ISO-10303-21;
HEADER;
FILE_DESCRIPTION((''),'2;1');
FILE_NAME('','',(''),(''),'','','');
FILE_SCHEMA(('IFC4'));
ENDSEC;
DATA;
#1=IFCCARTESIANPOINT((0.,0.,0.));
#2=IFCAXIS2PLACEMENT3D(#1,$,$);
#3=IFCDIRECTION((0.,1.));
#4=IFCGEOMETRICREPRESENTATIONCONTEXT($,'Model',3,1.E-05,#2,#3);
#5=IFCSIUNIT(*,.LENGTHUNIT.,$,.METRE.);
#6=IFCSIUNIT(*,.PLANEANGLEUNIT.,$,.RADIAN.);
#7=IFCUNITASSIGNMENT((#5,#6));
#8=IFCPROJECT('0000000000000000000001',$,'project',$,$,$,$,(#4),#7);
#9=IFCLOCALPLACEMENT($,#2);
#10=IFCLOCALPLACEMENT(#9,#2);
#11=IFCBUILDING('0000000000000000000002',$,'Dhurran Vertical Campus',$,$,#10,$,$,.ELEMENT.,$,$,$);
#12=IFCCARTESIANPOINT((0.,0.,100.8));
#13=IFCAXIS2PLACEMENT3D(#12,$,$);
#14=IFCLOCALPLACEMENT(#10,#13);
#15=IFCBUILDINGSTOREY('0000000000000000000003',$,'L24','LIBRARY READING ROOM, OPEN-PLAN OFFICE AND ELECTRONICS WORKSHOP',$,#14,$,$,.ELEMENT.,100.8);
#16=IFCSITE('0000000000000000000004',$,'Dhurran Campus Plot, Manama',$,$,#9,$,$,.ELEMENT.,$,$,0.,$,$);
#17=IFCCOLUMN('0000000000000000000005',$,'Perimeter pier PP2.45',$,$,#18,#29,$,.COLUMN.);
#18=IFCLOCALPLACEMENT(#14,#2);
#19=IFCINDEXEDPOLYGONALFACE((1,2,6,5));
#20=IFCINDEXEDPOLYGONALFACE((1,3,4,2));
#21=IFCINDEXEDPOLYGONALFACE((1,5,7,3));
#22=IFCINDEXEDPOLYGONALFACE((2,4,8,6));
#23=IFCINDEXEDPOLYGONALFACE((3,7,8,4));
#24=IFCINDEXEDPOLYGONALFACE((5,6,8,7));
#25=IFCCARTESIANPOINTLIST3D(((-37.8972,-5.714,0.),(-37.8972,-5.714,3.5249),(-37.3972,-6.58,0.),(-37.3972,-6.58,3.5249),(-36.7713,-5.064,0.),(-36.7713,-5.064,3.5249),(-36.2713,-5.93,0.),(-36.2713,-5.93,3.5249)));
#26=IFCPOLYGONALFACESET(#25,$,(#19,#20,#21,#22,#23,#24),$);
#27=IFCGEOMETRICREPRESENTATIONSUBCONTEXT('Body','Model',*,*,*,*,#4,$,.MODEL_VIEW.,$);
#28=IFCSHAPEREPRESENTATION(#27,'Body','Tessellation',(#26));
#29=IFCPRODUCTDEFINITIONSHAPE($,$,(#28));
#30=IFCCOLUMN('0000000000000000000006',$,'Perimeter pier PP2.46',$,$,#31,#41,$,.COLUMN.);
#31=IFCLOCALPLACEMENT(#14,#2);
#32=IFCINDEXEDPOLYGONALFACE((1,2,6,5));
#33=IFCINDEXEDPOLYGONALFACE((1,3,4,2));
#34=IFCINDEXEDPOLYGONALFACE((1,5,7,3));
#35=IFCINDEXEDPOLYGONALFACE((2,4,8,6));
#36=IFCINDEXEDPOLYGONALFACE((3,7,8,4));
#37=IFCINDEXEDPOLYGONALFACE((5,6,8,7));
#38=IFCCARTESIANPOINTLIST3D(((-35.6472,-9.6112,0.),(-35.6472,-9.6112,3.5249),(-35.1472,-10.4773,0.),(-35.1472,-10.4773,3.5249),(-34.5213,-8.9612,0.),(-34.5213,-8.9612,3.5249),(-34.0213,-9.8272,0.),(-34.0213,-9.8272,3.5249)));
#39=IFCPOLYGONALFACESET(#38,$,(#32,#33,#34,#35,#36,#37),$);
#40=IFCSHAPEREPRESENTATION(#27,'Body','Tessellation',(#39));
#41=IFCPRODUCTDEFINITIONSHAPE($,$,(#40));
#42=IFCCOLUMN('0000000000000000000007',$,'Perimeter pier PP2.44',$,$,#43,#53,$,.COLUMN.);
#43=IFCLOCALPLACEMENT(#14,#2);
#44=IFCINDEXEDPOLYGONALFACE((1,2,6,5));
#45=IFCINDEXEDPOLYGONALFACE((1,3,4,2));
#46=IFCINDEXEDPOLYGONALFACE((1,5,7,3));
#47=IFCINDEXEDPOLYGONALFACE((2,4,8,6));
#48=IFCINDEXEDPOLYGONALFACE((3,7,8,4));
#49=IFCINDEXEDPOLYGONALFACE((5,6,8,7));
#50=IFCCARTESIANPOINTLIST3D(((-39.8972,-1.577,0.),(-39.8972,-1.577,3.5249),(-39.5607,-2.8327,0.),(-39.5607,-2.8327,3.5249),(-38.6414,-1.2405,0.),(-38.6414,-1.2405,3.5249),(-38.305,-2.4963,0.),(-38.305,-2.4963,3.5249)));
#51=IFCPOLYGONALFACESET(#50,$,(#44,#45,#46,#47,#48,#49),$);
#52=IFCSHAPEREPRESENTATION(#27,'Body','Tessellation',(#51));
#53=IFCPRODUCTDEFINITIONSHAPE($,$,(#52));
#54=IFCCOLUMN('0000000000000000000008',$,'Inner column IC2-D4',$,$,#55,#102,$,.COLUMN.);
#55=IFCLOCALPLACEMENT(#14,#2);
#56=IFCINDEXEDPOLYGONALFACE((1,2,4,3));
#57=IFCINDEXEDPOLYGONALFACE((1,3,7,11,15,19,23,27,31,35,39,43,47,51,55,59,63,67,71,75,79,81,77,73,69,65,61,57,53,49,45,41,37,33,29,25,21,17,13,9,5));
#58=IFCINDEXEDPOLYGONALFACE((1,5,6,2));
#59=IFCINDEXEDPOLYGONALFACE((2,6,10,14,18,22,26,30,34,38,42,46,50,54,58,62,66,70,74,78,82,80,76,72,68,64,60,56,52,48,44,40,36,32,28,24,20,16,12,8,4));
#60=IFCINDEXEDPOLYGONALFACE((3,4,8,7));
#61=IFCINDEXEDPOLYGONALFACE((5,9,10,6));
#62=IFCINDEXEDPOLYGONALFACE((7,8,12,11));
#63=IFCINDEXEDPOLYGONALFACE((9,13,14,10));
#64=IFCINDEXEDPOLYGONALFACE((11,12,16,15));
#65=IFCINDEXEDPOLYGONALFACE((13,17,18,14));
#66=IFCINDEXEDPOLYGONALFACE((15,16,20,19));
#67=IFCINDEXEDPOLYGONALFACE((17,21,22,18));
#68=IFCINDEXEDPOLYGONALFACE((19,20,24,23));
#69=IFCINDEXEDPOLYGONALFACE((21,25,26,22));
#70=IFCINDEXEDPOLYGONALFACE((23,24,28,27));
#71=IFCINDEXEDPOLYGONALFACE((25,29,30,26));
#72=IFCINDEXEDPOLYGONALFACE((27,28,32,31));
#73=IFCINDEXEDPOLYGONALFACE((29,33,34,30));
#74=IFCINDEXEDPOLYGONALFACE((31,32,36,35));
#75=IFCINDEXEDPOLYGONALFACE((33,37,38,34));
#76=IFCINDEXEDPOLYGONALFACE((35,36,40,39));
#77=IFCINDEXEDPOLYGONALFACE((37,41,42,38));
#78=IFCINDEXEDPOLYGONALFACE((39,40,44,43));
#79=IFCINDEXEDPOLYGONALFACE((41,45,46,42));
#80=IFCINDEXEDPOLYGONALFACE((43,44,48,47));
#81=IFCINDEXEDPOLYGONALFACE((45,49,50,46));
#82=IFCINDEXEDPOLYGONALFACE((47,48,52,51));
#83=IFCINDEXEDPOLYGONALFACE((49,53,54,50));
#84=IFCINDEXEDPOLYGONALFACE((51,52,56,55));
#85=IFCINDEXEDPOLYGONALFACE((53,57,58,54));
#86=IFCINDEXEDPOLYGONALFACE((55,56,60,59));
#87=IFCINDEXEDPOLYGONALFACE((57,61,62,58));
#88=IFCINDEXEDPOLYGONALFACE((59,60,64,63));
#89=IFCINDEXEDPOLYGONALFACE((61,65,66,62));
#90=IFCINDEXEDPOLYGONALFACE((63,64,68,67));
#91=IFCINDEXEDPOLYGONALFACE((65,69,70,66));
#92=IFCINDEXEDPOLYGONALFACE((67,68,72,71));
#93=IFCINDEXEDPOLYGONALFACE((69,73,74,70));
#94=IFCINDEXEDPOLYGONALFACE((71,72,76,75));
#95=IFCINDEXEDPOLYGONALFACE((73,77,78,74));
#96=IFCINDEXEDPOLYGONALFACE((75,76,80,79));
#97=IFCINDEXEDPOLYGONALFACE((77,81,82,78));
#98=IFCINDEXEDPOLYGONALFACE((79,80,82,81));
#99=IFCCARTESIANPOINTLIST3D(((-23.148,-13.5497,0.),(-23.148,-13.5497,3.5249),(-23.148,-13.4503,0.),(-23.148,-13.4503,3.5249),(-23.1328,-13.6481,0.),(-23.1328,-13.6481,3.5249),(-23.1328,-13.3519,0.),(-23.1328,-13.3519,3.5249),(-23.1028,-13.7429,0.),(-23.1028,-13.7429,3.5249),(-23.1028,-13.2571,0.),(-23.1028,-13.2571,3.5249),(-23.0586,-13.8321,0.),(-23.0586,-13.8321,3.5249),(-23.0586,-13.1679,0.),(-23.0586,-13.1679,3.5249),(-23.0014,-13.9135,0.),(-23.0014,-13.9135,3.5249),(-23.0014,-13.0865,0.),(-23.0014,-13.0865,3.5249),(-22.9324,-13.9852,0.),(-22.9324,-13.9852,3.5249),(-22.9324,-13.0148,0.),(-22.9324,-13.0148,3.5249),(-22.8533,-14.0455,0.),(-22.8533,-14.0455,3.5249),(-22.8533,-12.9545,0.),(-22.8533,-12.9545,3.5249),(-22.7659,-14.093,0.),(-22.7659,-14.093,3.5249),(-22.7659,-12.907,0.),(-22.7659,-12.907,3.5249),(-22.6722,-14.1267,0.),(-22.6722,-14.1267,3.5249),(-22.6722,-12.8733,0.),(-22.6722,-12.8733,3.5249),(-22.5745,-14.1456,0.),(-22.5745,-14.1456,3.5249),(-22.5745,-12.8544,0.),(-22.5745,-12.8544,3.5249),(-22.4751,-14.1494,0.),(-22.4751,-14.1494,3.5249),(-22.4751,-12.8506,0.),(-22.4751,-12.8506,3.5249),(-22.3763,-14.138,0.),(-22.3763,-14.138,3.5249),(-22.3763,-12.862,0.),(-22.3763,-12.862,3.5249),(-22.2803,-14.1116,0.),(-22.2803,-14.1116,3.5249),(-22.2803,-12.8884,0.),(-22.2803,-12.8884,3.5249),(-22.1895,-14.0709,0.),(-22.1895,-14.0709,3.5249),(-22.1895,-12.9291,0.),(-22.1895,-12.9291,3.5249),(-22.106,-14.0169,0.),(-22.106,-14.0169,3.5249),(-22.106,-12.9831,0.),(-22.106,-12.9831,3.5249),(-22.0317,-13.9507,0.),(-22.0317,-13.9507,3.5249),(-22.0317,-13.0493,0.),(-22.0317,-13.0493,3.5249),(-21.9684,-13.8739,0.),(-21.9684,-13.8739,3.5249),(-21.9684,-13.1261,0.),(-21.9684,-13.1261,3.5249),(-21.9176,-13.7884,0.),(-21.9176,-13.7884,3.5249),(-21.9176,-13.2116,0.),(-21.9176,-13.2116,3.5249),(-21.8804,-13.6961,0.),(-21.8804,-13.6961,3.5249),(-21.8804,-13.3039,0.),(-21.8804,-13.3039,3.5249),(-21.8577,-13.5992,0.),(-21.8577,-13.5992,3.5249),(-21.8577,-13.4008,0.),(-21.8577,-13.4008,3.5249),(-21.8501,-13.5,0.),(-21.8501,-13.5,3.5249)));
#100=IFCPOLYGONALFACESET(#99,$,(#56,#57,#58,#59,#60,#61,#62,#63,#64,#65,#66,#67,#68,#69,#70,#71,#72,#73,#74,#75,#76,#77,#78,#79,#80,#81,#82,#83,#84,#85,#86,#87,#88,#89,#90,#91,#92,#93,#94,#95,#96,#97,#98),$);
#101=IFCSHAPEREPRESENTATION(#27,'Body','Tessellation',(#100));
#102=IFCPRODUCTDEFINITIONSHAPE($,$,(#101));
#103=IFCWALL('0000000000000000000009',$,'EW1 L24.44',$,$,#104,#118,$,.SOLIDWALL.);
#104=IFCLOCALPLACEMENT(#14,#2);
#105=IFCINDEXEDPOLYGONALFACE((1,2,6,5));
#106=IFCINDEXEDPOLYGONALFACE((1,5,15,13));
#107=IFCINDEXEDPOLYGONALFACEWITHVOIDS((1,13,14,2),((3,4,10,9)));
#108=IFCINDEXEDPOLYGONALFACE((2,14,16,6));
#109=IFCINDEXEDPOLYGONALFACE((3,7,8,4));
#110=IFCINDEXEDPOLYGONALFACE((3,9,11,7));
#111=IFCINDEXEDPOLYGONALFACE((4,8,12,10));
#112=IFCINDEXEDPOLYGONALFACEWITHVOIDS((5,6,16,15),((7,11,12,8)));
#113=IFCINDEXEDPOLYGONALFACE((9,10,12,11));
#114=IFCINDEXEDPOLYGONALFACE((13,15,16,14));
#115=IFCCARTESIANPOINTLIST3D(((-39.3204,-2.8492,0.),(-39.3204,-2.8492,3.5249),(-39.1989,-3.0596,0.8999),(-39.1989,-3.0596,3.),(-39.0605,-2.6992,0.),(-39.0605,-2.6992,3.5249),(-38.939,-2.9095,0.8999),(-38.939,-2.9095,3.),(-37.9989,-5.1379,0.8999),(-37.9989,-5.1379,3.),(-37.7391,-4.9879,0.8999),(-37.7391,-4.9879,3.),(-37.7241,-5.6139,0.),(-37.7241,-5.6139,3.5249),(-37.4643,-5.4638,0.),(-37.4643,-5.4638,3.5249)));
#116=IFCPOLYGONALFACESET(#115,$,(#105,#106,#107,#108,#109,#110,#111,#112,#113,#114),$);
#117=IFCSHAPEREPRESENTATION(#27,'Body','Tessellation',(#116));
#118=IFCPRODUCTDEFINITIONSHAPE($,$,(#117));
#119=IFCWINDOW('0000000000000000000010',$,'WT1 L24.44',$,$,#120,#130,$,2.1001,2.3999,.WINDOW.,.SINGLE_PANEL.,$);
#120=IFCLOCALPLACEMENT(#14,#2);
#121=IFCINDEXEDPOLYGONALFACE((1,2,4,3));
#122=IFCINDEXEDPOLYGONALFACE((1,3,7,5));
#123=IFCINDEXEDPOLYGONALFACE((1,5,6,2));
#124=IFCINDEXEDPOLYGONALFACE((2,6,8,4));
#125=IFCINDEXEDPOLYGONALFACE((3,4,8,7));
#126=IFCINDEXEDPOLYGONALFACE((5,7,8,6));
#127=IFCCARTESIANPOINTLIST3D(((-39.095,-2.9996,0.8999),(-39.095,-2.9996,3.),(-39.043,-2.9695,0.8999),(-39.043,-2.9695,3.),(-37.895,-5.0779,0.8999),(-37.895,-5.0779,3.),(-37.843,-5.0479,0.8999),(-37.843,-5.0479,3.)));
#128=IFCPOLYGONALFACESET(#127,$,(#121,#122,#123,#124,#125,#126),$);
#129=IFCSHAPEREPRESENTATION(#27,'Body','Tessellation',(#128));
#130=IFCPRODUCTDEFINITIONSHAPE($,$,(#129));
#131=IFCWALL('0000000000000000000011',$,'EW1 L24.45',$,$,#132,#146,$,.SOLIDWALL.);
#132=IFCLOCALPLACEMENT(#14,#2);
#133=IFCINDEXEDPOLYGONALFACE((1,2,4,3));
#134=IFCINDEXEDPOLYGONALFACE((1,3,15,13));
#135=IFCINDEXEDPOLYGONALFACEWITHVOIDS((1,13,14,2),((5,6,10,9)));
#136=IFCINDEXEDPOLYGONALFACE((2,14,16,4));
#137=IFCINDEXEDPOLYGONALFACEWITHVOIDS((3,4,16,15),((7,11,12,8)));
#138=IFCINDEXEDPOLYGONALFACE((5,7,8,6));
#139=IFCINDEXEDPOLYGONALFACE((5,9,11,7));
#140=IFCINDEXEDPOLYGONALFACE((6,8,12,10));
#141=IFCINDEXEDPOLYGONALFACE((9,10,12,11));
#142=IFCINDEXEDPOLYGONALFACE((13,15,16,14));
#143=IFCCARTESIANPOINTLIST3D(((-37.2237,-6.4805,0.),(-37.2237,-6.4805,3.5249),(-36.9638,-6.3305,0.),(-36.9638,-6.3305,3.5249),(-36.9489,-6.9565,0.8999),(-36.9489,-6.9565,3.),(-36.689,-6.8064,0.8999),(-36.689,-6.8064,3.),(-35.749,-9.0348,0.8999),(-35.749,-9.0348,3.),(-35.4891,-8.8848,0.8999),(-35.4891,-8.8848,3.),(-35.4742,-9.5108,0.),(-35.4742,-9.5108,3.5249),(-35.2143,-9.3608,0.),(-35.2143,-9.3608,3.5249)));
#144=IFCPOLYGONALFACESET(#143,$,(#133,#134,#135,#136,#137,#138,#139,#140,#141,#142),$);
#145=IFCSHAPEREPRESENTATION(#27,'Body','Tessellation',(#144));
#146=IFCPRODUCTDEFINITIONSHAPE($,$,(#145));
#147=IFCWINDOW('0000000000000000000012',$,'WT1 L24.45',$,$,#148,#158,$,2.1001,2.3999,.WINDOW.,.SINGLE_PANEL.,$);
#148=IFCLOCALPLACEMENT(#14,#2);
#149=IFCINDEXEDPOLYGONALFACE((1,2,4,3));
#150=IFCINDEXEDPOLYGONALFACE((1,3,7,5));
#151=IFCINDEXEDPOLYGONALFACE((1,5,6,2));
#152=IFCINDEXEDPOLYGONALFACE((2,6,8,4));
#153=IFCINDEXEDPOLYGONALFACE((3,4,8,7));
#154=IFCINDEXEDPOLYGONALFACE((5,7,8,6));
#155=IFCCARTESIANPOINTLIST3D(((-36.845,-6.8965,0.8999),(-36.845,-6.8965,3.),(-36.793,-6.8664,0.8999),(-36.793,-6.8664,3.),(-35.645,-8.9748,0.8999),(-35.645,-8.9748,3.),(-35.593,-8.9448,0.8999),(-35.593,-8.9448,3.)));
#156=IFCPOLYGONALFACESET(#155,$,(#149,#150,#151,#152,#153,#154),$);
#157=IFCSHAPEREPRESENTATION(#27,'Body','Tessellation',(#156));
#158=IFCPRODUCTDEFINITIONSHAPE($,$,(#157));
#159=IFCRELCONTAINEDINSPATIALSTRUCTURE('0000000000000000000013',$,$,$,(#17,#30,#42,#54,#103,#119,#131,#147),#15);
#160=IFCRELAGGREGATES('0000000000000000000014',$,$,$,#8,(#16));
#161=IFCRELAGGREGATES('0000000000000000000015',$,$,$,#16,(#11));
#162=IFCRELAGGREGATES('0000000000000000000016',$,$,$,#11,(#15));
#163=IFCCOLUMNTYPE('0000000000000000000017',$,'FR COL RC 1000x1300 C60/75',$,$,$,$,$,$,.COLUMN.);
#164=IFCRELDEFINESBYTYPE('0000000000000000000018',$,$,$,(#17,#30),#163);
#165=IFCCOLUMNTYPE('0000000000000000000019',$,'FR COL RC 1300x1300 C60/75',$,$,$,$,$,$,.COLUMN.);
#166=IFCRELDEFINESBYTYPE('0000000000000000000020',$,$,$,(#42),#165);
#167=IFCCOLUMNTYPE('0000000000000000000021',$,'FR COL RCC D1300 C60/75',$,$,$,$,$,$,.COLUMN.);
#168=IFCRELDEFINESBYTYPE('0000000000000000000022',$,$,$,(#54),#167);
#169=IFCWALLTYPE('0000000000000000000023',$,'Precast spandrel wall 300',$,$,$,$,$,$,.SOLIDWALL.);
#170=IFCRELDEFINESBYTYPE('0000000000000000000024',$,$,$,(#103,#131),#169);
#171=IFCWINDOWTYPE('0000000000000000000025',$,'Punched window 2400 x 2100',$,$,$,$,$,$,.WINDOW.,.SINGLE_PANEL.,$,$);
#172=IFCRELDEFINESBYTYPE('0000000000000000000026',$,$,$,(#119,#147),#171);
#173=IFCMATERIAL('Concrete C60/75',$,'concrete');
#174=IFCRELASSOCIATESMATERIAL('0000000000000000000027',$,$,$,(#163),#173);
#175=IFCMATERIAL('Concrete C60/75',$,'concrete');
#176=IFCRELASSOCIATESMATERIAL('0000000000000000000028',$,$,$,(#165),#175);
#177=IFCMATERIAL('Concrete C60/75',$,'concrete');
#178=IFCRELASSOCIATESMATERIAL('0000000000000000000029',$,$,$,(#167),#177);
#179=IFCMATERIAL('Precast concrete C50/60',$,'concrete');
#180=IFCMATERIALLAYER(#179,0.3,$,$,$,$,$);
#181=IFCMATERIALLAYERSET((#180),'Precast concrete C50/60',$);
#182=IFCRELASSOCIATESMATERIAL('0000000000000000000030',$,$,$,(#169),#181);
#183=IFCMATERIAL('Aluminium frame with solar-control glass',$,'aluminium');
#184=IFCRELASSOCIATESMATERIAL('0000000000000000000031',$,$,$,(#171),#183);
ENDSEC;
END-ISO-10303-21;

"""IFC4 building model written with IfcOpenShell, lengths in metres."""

from ifc_helpers import new_model, si_unit, direction, frame, frame_2d, origin, origin_2d, place, context, subcontext, project, spatial, rectangle, circle, extrude, material, layer, layer_set, material_profile, profile_set, type_object, element, fill, save


model = new_model("IFC4")

# Units and contexts
model_context = context("Model", 3, precision=1e-05, world=origin(), true_north=direction((0.0, 1.0)))
body_context = subcontext(model_context, "Body", "Model", "MODEL_VIEW")
ifc_project = project(units=[si_unit("LENGTHUNIT", "METRE"), si_unit("PLANEANGLEUNIT", "RADIAN")], contexts=[model_context])

# Site, building, storey
site_placement = place(None, origin())
site = spatial("IfcSite", under=ifc_project, at=site_placement, Name="Dhurran Campus Plot, Manama", CompositionType="ELEMENT", RefElevation=0.0)
building_placement = place(site_placement, origin())
building = spatial("IfcBuilding", under=site, at=building_placement, Name="Dhurran Vertical Campus", CompositionType="ELEMENT")
storey_placement = place(building_placement, frame((0.0, 0.0, 100.8)))
storey = spatial("IfcBuildingStorey", under=building, at=storey_placement, Name="L24", Description="LIBRARY READING ROOM, OPEN-PLAN OFFICE AND ELECTRONICS WORKSHOP", CompositionType="ELEMENT", Elevation=100.8)

# Columns
ifc_material_1 = material(Name="Concrete C60/75", Category="concrete")
ifc_material_profile_1 = material_profile(ifc_material_1, rectangle(XDim=1.0, YDim=1.3, at=origin_2d()), Name="RC 1000x1300")
ifc_profile_set_1 = profile_set([ifc_material_profile_1], Name="Concrete C60/75")
column_type_1 = type_object("IfcColumnType", Name="FR COL RC 1000x1300 C60/75", PredefinedType="COLUMN", material=ifc_profile_set_1)
for number, where, z_axis, x_axis, name in (
    (1, (-37.0842, -5.822, 0.0), (0.0, 0.0, 1.0), (0.5, -0.866025, 0.0), "Perimeter pier PP2.45"),
    (2, (-34.8342, -9.7192, 0.0), (0.0, 0.0, 1.0), (0.5, -0.866025, 0.0), "Perimeter pier PP2.46"),
):
    element("IfcColumn", number, at=place(storey_placement, frame(where, z_axis=z_axis, x_axis=x_axis)), inside=storey, type_object=column_type_1, Name=name, PredefinedType="COLUMN", context=body_context, shape_type="SweptSolid", body=[
        extrude(rectangle(XDim=1.0, YDim=1.3, at=origin_2d()), origin(), (0.0, 0.0, 1.0), 3.5249),
    ])
ifc_material_2 = material(Name="Concrete C60/75", Category="concrete")
ifc_material_profile_2 = material_profile(ifc_material_2, rectangle(XDim=1.3, YDim=1.3, at=origin_2d()), Name="RC 1300x1300")
ifc_profile_set_2 = profile_set([ifc_material_profile_2], Name="Concrete C60/75")
column_type_2 = type_object("IfcColumnType", Name="FR COL RC 1300x1300 C60/75", PredefinedType="COLUMN", material=ifc_profile_set_2)
column_1_placement = place(storey_placement, frame((-39.1011, -2.0366, 0.0), z_axis=(0.0, 0.0, 1.0), x_axis=(0.258819, -0.965926, 0.0)))
element("IfcColumn", 3, at=column_1_placement, inside=storey, type_object=column_type_2, Name="Perimeter pier PP2.44", PredefinedType="COLUMN", context=body_context, shape_type="SweptSolid", body=[
    extrude(rectangle(XDim=1.3, YDim=1.3, at=origin_2d()), origin(), (0.0, 0.0, 1.0), 3.5249),
])
ifc_material_3 = material(Name="Concrete C60/75", Category="concrete")
ifc_material_profile_3 = material_profile(ifc_material_3, circle(Radius=0.6499, at=origin_2d()), Name="RCC D1300")
ifc_profile_set_3 = profile_set([ifc_material_profile_3], Name="Concrete C60/75")
column_type_3 = type_object("IfcColumnType", Name="FR COL RCC D1300 C60/75", PredefinedType="COLUMN", material=ifc_profile_set_3)
column_2_placement = place(storey_placement, frame((-22.5, -13.5, 0.0), z_axis=(0.0, 0.0, 1.0), x_axis=(1.0, 0.0, 0.0)))
element("IfcColumn", 4, at=column_2_placement, inside=storey, type_object=column_type_3, Name="Inner column IC2-D4", PredefinedType="COLUMN", context=body_context, shape_type="SweptSolid", body=[
    extrude(circle(Radius=0.6499, at=origin_2d()), origin(), (0.0, 0.0, 1.0), 3.5249),
])

# Walls, openings, windows
ifc_material_4 = material(Name="Precast concrete C50/60", Category="concrete")
ifc_layer_1 = layer(ifc_material_4, 0.3)
ifc_layer_set_1 = layer_set([ifc_layer_1], Name="Precast concrete C50/60")
wall_type_1 = type_object("IfcWallType", Name="Precast spandrel wall 300", PredefinedType="SOLIDWALL", material=ifc_layer_set_1)
wall_1_placement = place(storey_placement, frame((-39.1904, -2.7742, 0.0), z_axis=(0.0, 0.0, 1.0), x_axis=(0.500005, -0.866023, 0.0)))
wall_1 = element("IfcWall", 5, at=wall_1_placement, inside=storey, type_object=wall_type_1, Name="EW1 L24.44", PredefinedType="SOLIDWALL", context=body_context, shape_type="SweptSolid", body=[
    extrude(rectangle(XDim=3.1924, YDim=0.3, at=frame_2d((1.5962, 0.0))), origin(), (0.0, 0.0, 1.0), 3.5249),
])
opening_1_placement = place(wall_1_placement, frame((0.2429, 0.0, 0.8999)))
opening_1 = element("IfcOpeningElement", 6, at=opening_1_placement, cuts=wall_1, PredefinedType="OPENING", context=body_context, shape_type="SweptSolid", body=[
    extrude(rectangle(XDim=2.3999, YDim=2.1001, at=frame_2d((1.2, 1.05))), frame((0.0, 0.1599, 0.0), z_axis=(0.0, -1.0, 0.0), x_axis=(1.0, 0.0, 0.0)), (0.0, 0.0, 1.0), 0.3201),
])
ifc_material_5 = material(Name="Aluminium frame with solar-control glass", Category="aluminium")
window_type = type_object("IfcWindowType", Name="Punched window 2400 x 2100", PartitioningType="SINGLE_PANEL", PredefinedType="WINDOW", material=ifc_material_5)
window_1_placement = place(opening_1_placement, origin())
window_1 = element("IfcWindow", 7, at=window_1_placement, inside=storey, type_object=window_type, Name="WT1 L24.44", OverallHeight=2.1001, OverallWidth=2.3999, PartitioningType="SINGLE_PANEL", PredefinedType="WINDOW", context=body_context, shape_type="SweptSolid", body=[
    extrude(rectangle(XDim=2.3999, YDim=2.1001, at=frame_2d((1.2, 1.05))), frame((0.0, 0.03, 0.0), z_axis=(0.0, -1.0, 0.0), x_axis=(1.0, 0.0, 0.0)), (0.0, 0.0, 1.0), 0.0601),
])
fill(opening_1, window_1)
wall_2_placement = place(storey_placement, frame((-37.0938, -6.4055, 0.0), z_axis=(0.0, 0.0, 1.0), x_axis=(0.499996, -0.866028, 0.0)))
wall_2 = element("IfcWall", 8, at=wall_2_placement, inside=storey, type_object=wall_type_1, Name="EW1 L24.45", PredefinedType="SOLIDWALL", context=body_context, shape_type="SweptSolid", body=[
    extrude(rectangle(XDim=3.499, YDim=0.3, at=frame_2d((1.7495, 0.0))), origin(), (0.0, 0.0, 1.0), 3.5249),
])
opening_2_placement = place(wall_2_placement, frame((0.5496, 0.0, 0.8999)))
opening_2 = element("IfcOpeningElement", 9, at=opening_2_placement, cuts=wall_2, PredefinedType="OPENING", context=body_context, shape_type="SweptSolid", body=[
    extrude(rectangle(XDim=2.3999, YDim=2.1001, at=frame_2d((1.2, 1.05))), frame((0.0, 0.1599, 0.0), z_axis=(0.0, -1.0, 0.0), x_axis=(1.0, 0.0, 0.0)), (0.0, 0.0, 1.0), 0.3201),
])
window_2_placement = place(opening_2_placement, origin())
window_2 = element("IfcWindow", 10, at=window_2_placement, inside=storey, type_object=window_type, Name="WT1 L24.45", OverallHeight=2.1001, OverallWidth=2.3999, PartitioningType="SINGLE_PANEL", PredefinedType="WINDOW", context=body_context, shape_type="SweptSolid", body=[
    extrude(rectangle(XDim=2.3999, YDim=2.1001, at=frame_2d((1.2, 1.05))), frame((0.0, 0.03, 0.0), z_axis=(0.0, -1.0, 0.0), x_axis=(1.0, 0.0, 0.0)), (0.0, 0.0, 1.0), 0.0601),
])
fill(opening_2, window_2)

save(model, "model.ifc")
